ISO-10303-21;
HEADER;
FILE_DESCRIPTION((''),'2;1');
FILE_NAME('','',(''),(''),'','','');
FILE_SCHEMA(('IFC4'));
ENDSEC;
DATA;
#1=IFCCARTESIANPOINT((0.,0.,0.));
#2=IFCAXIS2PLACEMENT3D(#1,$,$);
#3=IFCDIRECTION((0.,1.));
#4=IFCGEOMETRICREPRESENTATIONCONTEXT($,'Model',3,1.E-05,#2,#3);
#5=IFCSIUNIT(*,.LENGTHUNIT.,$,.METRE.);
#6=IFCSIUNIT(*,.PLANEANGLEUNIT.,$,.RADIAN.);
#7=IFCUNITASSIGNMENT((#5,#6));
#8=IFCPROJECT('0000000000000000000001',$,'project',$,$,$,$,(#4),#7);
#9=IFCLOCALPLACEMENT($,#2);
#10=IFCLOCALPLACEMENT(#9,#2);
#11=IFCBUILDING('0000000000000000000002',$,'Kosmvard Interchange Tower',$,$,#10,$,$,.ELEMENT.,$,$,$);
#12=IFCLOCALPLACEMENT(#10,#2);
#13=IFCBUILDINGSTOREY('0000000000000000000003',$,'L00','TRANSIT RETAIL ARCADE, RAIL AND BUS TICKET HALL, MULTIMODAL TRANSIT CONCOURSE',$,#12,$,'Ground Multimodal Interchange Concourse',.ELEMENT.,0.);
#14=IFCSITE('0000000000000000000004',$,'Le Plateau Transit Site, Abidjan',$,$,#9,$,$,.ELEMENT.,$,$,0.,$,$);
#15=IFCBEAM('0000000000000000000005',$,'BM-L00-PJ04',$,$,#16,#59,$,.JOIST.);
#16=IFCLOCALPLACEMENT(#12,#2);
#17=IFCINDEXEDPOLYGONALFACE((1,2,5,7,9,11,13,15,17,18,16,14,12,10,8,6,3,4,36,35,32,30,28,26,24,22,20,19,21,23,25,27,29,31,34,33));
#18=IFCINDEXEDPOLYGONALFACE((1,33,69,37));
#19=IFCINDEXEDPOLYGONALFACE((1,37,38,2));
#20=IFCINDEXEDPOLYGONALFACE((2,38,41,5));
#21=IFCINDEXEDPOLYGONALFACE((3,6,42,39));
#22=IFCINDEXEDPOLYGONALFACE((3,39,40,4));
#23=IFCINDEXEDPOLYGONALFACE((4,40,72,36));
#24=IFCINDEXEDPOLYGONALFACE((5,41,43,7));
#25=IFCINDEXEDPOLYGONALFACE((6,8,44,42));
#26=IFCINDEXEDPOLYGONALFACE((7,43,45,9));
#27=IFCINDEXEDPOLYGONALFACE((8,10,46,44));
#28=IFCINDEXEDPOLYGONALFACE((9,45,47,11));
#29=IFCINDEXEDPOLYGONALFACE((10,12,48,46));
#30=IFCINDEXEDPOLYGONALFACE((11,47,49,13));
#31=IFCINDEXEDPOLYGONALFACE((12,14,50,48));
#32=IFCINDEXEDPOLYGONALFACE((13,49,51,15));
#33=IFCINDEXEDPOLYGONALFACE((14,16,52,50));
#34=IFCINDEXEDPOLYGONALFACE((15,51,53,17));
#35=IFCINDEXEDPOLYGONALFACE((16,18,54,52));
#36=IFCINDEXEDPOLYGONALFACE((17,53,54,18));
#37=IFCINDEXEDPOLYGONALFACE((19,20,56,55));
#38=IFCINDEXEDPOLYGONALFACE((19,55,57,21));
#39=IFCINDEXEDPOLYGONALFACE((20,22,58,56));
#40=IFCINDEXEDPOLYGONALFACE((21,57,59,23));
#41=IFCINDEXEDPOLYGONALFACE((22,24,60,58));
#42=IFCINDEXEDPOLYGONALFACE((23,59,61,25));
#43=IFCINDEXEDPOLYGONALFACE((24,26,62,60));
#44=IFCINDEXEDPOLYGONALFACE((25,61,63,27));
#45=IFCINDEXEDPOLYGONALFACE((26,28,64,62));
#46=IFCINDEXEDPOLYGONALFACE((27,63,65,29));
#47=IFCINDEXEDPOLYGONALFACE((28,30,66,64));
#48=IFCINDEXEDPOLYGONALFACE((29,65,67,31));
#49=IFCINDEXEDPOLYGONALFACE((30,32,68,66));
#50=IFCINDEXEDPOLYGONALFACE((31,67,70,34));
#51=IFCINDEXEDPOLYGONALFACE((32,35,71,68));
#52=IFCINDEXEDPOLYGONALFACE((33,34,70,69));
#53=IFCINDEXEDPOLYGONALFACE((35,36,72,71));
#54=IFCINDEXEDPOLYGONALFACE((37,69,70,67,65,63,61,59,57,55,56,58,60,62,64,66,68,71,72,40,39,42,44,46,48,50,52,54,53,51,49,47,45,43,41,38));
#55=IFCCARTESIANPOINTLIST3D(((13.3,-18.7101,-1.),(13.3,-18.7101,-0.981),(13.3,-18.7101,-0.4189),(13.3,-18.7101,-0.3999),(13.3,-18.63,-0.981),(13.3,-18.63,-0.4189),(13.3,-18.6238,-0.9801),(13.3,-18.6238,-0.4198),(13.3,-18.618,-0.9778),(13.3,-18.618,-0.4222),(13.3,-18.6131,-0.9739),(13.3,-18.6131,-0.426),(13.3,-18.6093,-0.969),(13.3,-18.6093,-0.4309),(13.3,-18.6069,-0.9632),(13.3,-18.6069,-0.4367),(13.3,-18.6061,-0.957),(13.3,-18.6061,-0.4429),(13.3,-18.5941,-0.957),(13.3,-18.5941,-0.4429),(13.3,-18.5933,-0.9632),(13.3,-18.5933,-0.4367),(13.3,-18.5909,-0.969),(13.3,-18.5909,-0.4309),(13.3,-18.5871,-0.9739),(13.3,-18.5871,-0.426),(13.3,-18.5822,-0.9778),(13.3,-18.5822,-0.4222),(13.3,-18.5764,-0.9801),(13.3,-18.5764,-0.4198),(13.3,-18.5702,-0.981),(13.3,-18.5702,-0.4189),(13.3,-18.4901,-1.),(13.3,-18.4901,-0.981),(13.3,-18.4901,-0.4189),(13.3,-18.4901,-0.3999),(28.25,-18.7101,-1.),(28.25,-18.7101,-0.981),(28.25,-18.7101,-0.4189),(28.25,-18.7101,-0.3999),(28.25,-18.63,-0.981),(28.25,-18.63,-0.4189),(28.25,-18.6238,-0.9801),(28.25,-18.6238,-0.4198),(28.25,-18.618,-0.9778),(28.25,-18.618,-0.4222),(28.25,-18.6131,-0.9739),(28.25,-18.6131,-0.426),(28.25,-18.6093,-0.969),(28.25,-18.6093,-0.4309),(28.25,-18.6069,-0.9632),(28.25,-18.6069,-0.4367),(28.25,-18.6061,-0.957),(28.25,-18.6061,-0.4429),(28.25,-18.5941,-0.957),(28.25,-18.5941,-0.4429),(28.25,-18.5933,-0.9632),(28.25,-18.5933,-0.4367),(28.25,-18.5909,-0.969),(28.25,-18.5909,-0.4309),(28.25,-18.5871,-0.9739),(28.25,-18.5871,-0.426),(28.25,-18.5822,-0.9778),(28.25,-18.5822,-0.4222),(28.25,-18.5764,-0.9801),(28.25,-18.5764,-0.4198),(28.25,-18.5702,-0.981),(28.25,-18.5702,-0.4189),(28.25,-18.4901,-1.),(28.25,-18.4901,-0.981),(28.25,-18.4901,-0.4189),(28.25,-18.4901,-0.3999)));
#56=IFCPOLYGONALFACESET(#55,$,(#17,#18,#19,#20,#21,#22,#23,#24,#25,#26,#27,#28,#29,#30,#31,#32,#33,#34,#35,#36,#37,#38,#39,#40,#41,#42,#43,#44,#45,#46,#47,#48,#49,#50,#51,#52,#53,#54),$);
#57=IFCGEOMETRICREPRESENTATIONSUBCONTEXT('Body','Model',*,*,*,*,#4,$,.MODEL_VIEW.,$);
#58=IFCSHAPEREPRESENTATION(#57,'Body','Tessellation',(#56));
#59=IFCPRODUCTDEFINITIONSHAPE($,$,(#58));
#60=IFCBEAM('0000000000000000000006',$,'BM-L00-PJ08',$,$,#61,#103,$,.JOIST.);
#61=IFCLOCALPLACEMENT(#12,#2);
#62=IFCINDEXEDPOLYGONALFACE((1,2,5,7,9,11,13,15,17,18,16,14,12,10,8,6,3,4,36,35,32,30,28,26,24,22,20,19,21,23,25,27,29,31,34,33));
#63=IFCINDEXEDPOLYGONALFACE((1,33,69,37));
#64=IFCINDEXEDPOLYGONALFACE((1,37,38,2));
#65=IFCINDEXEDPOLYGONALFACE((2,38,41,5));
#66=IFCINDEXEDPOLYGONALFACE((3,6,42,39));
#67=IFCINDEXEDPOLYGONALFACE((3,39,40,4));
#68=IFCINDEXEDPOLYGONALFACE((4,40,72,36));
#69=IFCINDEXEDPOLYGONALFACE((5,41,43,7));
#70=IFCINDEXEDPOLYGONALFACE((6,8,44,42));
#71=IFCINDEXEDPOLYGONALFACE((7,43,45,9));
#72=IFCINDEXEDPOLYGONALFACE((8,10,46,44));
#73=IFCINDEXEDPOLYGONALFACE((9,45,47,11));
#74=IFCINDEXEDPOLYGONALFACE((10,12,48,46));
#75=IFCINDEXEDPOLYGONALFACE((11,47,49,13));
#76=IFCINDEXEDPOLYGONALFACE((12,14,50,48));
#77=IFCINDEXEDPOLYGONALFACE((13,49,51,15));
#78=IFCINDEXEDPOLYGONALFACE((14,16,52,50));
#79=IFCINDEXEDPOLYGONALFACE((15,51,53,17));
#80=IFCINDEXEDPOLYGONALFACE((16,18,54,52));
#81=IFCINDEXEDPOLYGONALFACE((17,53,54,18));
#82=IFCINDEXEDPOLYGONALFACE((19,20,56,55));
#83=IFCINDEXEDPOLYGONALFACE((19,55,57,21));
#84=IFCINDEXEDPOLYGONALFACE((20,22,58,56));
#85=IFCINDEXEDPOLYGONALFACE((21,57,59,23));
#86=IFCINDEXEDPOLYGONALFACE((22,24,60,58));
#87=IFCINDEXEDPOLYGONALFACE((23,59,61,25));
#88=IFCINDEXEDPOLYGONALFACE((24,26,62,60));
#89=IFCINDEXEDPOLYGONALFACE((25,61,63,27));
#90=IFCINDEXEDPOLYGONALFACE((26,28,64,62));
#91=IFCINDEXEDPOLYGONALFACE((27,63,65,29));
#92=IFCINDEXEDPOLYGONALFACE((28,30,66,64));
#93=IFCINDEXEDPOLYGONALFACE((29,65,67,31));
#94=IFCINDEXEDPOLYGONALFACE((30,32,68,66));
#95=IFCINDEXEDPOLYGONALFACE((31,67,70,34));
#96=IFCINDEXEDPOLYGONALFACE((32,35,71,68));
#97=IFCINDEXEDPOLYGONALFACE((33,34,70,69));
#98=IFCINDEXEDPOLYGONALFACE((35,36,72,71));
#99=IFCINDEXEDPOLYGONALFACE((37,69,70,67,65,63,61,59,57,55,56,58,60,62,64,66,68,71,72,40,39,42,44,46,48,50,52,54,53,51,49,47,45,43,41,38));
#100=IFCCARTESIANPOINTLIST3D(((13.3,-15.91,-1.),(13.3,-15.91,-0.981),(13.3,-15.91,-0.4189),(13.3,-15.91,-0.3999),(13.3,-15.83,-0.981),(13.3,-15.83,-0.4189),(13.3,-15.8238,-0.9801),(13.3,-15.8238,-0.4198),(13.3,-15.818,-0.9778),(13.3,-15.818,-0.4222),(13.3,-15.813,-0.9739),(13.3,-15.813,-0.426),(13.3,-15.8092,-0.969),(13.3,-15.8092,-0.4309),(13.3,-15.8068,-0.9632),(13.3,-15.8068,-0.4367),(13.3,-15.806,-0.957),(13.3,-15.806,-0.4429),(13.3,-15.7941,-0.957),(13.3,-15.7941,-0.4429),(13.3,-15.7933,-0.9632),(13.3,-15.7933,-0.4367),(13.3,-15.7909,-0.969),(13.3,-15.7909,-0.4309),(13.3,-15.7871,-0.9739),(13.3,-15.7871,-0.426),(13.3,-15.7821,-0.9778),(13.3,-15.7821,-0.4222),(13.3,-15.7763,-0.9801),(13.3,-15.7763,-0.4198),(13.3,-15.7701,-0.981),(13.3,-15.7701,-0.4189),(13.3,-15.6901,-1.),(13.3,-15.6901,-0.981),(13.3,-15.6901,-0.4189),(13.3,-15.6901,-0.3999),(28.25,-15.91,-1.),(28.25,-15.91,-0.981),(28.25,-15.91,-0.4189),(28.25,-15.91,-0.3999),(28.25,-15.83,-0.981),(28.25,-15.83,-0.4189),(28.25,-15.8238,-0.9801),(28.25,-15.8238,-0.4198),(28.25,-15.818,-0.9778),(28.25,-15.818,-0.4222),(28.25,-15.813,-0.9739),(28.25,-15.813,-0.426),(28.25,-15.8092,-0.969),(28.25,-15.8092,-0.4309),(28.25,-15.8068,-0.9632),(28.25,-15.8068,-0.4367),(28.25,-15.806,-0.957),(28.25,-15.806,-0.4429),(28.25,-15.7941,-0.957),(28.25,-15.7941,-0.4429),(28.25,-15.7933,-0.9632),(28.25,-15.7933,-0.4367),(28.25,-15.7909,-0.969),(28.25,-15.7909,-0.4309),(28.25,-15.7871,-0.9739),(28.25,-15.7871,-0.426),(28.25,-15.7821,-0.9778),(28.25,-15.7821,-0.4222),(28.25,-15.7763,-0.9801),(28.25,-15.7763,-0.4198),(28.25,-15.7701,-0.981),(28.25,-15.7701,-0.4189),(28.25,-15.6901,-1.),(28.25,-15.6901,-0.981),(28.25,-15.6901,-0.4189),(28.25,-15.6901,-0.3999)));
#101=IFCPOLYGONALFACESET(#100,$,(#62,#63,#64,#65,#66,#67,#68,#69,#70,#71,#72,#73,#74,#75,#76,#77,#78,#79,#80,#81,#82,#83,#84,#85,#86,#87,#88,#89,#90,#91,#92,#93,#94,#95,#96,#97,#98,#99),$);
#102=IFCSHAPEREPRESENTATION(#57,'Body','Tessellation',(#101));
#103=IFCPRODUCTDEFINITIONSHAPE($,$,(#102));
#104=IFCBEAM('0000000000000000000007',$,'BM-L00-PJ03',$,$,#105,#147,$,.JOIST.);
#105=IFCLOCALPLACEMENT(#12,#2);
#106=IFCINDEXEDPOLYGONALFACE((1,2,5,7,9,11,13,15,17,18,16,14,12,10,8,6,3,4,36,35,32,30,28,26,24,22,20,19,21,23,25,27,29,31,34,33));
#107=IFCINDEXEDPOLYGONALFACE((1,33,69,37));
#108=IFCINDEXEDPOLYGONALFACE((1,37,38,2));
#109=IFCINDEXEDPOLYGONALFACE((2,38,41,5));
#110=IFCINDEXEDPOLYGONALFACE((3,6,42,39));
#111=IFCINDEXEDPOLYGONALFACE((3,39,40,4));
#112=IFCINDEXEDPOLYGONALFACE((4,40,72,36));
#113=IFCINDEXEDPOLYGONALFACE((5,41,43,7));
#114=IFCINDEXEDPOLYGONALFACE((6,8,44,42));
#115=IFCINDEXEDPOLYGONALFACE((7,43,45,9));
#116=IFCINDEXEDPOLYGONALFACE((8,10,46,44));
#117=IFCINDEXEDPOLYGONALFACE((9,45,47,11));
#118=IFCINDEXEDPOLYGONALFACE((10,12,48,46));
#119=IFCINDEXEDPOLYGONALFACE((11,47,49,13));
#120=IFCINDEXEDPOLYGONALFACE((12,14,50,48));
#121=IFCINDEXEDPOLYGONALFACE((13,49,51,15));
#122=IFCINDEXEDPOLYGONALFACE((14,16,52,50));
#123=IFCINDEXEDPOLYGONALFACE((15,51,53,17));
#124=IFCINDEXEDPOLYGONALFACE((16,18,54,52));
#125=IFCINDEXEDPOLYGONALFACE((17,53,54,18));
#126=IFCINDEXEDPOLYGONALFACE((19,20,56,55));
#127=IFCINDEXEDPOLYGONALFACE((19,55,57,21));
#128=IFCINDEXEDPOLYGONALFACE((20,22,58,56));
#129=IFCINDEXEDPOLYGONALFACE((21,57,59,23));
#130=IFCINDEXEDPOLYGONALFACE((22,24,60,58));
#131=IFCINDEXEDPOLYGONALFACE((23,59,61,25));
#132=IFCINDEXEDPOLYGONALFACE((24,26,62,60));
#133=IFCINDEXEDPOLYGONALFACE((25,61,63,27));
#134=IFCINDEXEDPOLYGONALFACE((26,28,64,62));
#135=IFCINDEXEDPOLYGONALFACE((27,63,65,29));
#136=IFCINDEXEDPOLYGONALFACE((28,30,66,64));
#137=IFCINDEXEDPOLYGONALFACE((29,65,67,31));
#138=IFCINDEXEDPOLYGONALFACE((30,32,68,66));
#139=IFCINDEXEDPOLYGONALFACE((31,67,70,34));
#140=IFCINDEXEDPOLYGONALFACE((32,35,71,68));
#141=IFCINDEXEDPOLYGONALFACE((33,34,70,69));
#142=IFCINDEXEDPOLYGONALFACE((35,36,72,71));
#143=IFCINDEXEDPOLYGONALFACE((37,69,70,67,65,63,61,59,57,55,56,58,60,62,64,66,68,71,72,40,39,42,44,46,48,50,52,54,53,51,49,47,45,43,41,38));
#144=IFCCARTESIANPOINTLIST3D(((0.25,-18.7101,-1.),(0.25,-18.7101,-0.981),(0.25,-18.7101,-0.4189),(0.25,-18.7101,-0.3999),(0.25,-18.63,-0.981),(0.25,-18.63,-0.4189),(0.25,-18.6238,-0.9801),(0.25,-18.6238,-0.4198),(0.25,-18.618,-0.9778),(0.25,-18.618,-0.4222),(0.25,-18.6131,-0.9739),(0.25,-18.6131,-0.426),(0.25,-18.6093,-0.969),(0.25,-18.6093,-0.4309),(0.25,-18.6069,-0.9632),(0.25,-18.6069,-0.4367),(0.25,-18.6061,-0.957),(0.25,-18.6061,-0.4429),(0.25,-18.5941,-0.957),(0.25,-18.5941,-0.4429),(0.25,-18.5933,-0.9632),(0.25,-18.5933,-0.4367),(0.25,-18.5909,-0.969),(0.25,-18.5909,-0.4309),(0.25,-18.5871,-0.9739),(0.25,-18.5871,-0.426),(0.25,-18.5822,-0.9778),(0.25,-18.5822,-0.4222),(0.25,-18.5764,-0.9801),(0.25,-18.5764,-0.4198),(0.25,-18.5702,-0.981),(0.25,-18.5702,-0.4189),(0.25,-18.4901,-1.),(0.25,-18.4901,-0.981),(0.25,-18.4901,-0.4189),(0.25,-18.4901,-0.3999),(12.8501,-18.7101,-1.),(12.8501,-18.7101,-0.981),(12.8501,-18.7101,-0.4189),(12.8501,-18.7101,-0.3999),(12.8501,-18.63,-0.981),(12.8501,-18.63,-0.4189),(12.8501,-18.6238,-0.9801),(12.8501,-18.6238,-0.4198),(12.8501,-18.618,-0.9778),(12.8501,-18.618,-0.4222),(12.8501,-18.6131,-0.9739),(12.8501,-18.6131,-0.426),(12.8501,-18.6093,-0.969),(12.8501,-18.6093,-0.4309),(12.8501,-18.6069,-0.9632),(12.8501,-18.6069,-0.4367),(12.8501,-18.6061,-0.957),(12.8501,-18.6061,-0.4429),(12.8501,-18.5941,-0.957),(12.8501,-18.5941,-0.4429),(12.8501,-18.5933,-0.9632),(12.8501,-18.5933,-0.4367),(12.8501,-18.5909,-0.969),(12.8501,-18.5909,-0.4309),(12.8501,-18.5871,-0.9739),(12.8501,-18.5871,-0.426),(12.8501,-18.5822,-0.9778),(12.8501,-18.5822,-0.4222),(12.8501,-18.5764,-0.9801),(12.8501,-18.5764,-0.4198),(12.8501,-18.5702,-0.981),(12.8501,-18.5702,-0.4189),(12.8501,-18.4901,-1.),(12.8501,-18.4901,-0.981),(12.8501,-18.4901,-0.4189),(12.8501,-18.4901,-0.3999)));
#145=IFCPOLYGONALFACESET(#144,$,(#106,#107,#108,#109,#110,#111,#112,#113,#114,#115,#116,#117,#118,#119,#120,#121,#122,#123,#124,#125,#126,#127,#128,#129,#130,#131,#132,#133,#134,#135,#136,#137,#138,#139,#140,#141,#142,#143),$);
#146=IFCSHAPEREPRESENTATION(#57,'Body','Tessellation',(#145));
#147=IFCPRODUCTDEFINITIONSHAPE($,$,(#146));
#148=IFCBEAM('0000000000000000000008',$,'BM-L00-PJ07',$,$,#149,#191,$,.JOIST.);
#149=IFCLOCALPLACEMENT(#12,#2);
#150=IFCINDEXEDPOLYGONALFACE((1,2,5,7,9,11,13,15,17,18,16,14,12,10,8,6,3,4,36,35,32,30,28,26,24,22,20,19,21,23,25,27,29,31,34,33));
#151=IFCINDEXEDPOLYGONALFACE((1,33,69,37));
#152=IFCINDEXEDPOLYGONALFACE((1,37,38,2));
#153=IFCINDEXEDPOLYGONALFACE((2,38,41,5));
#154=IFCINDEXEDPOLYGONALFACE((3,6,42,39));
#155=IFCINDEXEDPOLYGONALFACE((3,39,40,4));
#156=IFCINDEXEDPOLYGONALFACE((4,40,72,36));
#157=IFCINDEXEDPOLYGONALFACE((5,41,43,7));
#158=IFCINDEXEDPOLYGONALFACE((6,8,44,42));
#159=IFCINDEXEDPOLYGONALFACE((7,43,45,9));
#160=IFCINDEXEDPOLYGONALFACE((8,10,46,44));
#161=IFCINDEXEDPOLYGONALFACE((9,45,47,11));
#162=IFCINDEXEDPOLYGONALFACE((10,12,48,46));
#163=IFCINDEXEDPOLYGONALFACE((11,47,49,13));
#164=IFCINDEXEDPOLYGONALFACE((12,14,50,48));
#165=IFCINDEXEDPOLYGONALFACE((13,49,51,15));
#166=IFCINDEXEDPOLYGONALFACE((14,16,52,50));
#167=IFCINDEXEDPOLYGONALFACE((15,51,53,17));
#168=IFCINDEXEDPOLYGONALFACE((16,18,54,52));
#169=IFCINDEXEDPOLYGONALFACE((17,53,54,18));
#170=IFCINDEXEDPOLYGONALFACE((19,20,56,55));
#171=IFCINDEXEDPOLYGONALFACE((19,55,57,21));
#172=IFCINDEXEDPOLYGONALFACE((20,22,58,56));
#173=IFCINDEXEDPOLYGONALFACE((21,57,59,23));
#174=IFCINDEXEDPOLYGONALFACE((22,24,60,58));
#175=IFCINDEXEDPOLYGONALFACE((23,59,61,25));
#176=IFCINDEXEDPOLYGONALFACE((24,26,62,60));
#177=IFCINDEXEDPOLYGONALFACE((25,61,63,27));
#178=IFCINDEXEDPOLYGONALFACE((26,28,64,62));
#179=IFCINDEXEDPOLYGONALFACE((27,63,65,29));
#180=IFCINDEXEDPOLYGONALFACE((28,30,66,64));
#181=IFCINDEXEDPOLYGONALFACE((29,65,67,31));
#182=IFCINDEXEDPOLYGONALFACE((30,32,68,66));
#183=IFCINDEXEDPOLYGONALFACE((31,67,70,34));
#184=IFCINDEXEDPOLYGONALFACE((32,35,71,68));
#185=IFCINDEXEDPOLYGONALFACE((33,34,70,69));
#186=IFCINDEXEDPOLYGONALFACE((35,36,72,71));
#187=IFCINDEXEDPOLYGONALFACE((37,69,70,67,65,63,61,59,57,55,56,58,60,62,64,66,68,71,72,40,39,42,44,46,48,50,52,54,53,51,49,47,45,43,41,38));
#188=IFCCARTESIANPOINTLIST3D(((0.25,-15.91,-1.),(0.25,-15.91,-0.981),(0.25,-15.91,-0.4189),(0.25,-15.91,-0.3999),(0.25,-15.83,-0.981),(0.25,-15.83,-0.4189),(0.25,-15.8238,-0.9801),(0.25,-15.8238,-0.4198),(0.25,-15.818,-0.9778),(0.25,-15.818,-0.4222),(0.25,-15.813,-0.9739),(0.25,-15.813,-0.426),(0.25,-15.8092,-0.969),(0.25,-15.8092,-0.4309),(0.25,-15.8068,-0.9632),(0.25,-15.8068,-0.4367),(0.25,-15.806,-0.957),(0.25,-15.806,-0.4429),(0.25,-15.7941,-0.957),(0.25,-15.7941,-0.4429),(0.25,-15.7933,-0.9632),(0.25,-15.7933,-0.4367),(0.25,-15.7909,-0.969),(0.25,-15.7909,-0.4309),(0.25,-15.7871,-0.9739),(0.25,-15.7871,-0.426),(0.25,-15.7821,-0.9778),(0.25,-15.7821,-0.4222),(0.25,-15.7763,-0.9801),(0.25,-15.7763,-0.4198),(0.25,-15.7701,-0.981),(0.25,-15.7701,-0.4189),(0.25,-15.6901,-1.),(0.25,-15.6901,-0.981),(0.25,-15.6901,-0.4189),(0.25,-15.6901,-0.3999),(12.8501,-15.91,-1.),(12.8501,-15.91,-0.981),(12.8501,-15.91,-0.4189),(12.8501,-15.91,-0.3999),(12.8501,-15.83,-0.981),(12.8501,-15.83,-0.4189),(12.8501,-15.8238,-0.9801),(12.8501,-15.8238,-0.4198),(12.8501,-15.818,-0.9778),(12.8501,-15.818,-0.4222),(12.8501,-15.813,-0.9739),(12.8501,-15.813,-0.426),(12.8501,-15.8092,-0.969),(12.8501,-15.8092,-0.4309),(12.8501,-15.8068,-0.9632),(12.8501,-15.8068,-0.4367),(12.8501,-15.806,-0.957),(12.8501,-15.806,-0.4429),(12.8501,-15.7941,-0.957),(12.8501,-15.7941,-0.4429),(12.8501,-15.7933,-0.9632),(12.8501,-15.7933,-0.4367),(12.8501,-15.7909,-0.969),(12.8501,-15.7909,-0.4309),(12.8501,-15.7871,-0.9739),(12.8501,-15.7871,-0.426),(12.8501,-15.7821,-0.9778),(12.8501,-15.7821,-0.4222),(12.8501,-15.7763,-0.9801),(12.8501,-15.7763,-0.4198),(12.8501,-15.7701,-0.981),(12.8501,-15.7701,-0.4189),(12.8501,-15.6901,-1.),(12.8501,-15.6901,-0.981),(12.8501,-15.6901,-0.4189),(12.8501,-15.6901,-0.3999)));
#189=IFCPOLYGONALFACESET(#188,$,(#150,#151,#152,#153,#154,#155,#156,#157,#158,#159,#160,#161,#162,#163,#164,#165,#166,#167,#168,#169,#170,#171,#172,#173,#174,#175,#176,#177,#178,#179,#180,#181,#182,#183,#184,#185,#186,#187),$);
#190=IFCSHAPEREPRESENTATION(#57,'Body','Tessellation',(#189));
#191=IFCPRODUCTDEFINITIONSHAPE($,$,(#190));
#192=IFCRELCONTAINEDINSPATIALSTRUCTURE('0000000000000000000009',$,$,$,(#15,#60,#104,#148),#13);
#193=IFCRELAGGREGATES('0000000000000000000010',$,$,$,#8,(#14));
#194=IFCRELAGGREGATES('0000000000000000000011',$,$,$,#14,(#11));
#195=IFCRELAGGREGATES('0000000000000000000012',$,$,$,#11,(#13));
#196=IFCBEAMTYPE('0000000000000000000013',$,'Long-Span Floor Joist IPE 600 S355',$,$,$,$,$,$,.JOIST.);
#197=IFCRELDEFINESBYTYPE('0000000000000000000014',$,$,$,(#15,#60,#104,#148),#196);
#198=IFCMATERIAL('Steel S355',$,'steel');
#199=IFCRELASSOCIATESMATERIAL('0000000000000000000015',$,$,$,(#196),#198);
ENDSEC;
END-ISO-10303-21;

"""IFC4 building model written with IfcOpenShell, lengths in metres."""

from ifc_helpers import new_model, si_unit, direction, frame, origin, origin_2d, place, context, subcontext, project, spatial, i_section, extrude, source, transform, mapped, material, material_profile, profile_set, type_object, element, save


model = new_model("IFC4")

# Units and contexts
model_context = context("Model", 3, precision=1e-05, world=origin(), true_north=direction((0.0, 1.0)))
body_context = subcontext(model_context, "Body", "Model", "MODEL_VIEW")
ifc_project = project(units=[si_unit("LENGTHUNIT", "METRE"), si_unit("PLANEANGLEUNIT", "RADIAN")], contexts=[model_context])

# Site, building, storey
site_placement = place(None, origin())
site = spatial("IfcSite", under=ifc_project, at=site_placement, Name="Le Plateau Transit Site, Abidjan", CompositionType="ELEMENT", RefElevation=0.0)
building_placement = place(site_placement, origin())
building = spatial("IfcBuilding", under=site, at=building_placement, Name="Kosmvard Interchange Tower", CompositionType="ELEMENT")
storey_placement = place(building_placement, origin())
storey = spatial("IfcBuildingStorey", under=building, at=storey_placement, Name="L00", Description="TRANSIT RETAIL ARCADE, RAIL AND BUS TICKET HALL, MULTIMODAL TRANSIT CONCOURSE", LongName="Ground Multimodal Interchange Concourse", CompositionType="ELEMENT", Elevation=0.0)

# Shared definitions
ifc_material_1 = material(Name="Steel S355", Category="steel")

# Beams
ifc_material_profile_1 = material_profile(ifc_material_1, i_section(OverallWidth=0.22, OverallDepth=0.6001, WebThickness=0.012, FlangeThickness=0.019, FilletRadius=0.0239, at=origin_2d()), Name="IPE 600")
ifc_profile_set_1 = profile_set([ifc_material_profile_1], Name="Steel S355")
beam_type_1 = type_object("IfcBeamType", Name="Long-Span Floor Joist IPE 600 S355", PredefinedType="JOIST", material=ifc_profile_set_1)
shared_shape_1 = source(origin(), body_context, "Body", "SweptSolid", [
    extrude(i_section(OverallWidth=0.22, OverallDepth=0.6001, WebThickness=0.012, FlangeThickness=0.019, FilletRadius=0.0239, at=origin_2d()), origin(), (0.0, 0.0, 1.0), 14.95),
])
for number, where, z_axis, x_axis, name in (
    (1, (13.3, -18.6001, -0.7), (1.0, 0.0, 0.0), (0.0, 1.0, 0.0), "BM-L00-PJ04"),
    (2, (13.3, -15.8, -0.7), (1.0, 0.0, 0.0), (0.0, 1.0, 0.0), "BM-L00-PJ08"),
):
    element("IfcBeam", number, at=place(storey_placement, frame(where, z_axis=z_axis, x_axis=x_axis)), inside=storey, type_object=beam_type_1, Name=name, PredefinedType="JOIST", context=body_context, shape_type="MappedRepresentation", body=[
        mapped(shared_shape_1, transform((0.0, 0.0, 0.0), scale=1.0)),
    ])
shared_shape_2 = source(origin(), body_context, "Body", "SweptSolid", [
    extrude(i_section(OverallWidth=0.22, OverallDepth=0.6001, WebThickness=0.012, FlangeThickness=0.019, FilletRadius=0.0239, at=origin_2d()), origin(), (0.0, 0.0, 1.0), 12.6001),
])
for number, where, z_axis, x_axis, name in (
    (3, (0.25, -18.6001, -0.7), (1.0, 0.0, 0.0), (0.0, 1.0, 0.0), "BM-L00-PJ03"),
    (4, (0.25, -15.8, -0.7), (1.0, 0.0, 0.0), (0.0, 1.0, 0.0), "BM-L00-PJ07"),
):
    element("IfcBeam", number, at=place(storey_placement, frame(where, z_axis=z_axis, x_axis=x_axis)), inside=storey, type_object=beam_type_1, Name=name, PredefinedType="JOIST", context=body_context, shape_type="MappedRepresentation", body=[
        mapped(shared_shape_2, transform((0.0, 0.0, 0.0), scale=1.0)),
    ])

save(model, "model.ifc")
